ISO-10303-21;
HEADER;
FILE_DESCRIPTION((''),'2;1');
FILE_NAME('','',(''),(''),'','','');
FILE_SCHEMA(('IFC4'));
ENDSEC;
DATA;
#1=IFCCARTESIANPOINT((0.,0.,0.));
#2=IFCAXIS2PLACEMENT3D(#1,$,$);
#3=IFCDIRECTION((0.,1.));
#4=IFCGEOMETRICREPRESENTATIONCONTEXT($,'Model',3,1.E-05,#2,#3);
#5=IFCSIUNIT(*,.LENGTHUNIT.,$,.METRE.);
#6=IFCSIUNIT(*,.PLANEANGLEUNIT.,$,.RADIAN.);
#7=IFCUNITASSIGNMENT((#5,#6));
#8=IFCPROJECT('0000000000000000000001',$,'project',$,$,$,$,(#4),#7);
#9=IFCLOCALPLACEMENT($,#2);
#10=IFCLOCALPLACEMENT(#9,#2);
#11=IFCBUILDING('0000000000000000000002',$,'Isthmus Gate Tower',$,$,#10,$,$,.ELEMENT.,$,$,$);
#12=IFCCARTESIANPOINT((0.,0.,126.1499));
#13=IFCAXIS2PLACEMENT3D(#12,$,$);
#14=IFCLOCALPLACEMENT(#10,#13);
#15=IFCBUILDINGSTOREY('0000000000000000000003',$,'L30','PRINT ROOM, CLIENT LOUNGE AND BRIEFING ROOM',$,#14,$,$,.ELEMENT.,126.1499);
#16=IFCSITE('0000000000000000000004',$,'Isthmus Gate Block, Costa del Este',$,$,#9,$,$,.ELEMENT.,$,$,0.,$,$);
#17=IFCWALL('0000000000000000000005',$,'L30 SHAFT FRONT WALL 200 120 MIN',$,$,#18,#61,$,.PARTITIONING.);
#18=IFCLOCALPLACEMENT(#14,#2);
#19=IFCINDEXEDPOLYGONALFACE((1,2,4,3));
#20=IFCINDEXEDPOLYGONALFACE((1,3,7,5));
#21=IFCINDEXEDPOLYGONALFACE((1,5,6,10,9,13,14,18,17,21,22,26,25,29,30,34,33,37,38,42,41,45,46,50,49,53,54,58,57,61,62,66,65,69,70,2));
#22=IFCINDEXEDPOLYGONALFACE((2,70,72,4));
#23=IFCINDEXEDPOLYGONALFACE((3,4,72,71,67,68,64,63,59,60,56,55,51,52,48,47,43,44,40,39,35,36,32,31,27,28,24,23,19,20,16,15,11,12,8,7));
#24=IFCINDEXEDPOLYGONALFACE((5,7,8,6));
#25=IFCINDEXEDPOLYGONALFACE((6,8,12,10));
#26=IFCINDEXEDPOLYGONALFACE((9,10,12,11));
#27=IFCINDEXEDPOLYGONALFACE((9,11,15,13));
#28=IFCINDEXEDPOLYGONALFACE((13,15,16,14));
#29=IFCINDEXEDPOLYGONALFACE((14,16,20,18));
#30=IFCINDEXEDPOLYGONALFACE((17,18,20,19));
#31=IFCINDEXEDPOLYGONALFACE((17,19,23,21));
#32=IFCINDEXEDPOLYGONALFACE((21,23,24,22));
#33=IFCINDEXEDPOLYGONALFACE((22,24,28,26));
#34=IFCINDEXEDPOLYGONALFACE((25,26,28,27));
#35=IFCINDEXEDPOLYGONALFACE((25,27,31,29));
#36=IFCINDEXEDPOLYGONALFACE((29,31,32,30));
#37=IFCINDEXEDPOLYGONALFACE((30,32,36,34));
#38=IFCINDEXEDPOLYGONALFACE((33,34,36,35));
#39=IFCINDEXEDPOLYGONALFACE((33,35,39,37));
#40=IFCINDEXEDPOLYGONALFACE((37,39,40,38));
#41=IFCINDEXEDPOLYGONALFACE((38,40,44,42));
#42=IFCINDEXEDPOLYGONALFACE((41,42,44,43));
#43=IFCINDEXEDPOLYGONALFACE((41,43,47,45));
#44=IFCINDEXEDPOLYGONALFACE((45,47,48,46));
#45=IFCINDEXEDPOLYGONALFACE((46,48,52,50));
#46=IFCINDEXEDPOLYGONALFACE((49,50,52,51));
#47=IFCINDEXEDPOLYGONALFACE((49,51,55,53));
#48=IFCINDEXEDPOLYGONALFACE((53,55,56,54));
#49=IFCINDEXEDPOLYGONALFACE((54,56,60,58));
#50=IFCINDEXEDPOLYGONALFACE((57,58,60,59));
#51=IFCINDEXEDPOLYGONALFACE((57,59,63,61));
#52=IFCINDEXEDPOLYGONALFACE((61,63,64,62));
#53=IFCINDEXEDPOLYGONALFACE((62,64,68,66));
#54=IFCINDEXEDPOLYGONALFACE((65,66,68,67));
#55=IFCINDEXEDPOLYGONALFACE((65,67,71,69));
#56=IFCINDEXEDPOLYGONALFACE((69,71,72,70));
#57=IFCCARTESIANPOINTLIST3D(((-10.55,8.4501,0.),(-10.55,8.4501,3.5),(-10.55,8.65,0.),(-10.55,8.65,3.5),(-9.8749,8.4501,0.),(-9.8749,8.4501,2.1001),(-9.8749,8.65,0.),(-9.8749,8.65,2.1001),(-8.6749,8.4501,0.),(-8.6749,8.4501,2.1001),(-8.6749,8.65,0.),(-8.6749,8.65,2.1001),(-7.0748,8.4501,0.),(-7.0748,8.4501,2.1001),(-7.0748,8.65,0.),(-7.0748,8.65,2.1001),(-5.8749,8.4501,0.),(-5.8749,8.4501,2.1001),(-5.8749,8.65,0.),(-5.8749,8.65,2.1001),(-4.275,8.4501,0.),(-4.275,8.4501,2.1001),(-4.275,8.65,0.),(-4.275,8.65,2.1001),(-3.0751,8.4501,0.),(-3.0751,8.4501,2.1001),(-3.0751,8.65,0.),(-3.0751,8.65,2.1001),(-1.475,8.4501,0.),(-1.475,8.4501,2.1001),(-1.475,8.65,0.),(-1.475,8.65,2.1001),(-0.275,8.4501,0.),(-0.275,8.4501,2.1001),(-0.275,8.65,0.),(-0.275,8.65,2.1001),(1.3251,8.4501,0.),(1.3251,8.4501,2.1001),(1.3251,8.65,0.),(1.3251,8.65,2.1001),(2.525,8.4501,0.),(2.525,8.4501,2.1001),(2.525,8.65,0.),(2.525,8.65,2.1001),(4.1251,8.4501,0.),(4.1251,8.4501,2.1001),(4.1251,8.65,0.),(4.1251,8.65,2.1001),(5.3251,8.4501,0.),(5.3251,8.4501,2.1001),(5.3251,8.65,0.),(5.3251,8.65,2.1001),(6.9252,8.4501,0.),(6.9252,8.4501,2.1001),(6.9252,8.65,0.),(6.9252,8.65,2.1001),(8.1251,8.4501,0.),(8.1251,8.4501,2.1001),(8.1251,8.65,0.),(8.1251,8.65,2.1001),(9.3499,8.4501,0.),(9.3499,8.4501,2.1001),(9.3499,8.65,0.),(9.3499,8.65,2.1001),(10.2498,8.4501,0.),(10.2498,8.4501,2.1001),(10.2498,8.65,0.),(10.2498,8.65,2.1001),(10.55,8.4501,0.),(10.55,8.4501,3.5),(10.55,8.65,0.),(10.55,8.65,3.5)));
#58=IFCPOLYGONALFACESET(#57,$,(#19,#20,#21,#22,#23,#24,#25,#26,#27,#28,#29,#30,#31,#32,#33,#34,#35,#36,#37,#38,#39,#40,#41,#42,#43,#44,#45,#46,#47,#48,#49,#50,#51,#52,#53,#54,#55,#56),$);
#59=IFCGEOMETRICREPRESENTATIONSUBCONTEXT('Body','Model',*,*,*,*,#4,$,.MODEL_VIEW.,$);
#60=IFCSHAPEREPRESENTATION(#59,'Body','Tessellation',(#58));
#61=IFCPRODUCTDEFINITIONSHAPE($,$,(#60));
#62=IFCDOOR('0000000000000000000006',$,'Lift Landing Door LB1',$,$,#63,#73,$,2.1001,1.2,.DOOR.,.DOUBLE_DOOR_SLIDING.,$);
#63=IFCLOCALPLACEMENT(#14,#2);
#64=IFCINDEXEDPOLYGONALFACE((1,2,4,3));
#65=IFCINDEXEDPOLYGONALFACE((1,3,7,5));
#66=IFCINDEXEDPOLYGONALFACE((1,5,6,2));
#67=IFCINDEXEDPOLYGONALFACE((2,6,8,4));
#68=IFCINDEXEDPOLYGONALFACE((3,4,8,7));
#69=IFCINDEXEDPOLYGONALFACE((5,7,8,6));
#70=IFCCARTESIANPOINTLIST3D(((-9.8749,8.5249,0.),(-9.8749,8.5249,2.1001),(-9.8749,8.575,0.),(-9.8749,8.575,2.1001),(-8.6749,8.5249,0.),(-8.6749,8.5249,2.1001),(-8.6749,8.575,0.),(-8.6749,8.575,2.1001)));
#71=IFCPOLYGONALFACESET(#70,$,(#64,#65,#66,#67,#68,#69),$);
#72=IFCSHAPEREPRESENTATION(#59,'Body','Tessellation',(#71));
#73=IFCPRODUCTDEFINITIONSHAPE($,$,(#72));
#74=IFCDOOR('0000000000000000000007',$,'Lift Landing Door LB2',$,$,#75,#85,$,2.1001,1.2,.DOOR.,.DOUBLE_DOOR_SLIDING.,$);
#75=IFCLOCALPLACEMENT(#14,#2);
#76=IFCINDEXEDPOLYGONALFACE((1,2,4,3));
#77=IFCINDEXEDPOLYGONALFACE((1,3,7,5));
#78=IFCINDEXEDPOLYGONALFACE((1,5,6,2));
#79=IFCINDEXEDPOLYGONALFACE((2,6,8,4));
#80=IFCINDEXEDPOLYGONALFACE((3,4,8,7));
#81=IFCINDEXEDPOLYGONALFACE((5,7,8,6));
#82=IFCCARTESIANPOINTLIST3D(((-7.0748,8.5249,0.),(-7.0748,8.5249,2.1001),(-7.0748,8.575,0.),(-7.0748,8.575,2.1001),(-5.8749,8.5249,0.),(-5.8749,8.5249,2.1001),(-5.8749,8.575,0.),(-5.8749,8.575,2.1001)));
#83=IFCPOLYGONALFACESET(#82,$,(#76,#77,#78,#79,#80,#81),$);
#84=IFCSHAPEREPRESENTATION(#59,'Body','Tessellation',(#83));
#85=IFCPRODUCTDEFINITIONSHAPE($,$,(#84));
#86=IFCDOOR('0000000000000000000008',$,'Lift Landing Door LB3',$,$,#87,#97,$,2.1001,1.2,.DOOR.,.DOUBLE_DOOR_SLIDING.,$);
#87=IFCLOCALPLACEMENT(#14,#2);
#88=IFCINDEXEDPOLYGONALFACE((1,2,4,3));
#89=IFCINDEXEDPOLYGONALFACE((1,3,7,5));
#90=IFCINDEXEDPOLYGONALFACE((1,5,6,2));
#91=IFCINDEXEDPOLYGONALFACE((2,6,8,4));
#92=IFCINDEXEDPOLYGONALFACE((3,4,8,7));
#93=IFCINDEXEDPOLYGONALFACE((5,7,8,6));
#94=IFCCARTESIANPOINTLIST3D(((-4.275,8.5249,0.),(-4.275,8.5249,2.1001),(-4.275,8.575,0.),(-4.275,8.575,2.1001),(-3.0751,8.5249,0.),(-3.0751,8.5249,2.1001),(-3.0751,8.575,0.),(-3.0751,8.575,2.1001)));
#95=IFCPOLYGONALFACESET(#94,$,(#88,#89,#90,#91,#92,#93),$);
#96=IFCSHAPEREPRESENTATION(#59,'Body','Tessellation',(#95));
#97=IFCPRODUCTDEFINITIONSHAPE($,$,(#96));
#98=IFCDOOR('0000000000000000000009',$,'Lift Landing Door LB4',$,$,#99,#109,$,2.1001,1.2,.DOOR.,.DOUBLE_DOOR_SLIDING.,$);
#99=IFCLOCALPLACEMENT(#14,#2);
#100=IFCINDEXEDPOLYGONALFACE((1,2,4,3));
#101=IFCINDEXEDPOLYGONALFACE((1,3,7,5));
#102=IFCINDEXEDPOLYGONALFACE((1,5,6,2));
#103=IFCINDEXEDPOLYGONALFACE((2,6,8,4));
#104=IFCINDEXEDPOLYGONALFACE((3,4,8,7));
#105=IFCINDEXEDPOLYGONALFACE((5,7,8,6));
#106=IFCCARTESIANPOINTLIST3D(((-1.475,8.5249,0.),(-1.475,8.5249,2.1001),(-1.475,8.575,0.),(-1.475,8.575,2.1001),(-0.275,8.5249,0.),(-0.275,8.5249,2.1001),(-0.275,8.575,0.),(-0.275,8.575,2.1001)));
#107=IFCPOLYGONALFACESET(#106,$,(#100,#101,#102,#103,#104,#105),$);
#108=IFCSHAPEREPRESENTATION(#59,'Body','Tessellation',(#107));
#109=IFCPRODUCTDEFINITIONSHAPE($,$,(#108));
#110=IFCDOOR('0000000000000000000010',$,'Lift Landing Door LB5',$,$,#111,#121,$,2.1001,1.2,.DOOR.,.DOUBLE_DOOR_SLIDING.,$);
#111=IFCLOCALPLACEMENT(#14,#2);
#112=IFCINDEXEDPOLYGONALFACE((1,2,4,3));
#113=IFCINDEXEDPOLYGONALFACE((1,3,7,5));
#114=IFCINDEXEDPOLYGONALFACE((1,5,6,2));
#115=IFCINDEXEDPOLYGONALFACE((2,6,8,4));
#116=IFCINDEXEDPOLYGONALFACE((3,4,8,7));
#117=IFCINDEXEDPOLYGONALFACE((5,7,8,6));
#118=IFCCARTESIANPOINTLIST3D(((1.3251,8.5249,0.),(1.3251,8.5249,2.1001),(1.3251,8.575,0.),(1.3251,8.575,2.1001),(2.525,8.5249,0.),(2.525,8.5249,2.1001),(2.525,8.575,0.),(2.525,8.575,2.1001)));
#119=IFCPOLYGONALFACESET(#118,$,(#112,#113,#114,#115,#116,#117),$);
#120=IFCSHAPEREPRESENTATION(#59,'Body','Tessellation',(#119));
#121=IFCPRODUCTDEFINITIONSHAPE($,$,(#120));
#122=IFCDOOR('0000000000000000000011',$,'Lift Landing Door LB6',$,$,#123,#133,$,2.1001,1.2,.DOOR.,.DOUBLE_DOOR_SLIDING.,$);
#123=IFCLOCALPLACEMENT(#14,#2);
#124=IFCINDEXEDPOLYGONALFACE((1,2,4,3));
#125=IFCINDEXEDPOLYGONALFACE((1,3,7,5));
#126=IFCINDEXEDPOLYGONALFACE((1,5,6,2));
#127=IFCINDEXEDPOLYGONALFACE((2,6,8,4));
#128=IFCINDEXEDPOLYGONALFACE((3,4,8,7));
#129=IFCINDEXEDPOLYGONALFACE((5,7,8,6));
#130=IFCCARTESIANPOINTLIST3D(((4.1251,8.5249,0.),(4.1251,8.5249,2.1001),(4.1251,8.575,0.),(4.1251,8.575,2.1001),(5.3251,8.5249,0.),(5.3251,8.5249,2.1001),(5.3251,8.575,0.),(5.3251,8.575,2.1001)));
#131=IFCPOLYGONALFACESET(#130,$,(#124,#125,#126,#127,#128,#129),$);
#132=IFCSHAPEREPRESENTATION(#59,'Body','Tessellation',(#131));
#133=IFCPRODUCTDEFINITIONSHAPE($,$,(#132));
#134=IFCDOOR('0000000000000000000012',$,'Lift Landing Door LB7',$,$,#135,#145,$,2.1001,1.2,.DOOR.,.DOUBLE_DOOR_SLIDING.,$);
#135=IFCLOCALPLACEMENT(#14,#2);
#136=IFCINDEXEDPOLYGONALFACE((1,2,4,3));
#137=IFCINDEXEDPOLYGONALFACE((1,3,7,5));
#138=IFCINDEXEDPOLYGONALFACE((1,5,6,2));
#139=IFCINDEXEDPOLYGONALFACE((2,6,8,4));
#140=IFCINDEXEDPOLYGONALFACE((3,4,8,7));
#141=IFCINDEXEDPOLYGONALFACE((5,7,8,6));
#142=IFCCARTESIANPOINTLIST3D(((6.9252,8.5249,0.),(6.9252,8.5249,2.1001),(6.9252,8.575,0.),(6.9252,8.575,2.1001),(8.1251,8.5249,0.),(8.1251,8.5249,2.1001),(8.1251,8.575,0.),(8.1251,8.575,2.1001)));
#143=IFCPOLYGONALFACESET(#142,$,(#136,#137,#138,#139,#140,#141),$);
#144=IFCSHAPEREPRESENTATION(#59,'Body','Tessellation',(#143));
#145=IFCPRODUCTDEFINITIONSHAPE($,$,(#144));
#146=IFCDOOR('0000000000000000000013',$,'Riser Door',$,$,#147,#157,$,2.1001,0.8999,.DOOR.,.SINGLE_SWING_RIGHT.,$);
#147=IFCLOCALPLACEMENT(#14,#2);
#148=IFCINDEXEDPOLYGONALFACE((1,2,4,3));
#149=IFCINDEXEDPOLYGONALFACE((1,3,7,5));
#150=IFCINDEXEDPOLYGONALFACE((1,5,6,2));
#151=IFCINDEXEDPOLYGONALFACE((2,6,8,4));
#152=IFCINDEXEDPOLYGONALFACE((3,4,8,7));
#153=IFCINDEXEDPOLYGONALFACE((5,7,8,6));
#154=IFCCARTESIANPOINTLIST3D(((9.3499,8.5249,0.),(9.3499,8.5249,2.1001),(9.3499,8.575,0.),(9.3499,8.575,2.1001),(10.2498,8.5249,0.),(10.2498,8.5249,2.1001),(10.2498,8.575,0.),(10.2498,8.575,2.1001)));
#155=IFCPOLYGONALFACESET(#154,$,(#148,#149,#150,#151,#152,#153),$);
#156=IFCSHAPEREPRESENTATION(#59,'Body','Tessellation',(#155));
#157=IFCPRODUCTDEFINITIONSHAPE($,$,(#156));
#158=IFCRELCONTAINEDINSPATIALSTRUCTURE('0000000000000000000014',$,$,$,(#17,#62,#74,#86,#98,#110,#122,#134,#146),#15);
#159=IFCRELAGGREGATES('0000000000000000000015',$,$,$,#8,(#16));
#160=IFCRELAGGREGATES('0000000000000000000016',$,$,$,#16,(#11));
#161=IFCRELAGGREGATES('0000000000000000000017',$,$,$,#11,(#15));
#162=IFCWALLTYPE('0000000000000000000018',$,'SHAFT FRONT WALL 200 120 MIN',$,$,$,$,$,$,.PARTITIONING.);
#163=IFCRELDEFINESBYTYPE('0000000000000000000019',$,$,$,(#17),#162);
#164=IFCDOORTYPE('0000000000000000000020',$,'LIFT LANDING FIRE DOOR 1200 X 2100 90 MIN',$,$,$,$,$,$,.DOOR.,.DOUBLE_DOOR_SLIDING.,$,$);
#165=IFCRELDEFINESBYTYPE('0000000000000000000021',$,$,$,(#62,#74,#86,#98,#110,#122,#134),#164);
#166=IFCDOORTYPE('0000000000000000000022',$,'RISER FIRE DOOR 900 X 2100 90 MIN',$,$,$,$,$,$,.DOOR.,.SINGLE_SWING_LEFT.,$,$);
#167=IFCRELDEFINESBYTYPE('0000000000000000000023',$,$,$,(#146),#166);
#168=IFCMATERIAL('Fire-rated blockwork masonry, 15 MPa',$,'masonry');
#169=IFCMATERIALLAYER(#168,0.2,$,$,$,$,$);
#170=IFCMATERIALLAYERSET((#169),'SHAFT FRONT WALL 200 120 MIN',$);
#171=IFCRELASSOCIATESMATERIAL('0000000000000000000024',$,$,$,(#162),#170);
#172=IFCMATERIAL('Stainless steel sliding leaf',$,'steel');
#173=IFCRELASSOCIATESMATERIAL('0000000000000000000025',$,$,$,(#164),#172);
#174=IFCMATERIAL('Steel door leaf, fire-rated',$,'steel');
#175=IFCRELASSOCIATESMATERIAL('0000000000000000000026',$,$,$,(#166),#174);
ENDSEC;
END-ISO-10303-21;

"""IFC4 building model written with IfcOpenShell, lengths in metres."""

from ifc_helpers import new_model, si_unit, direction, frame, frame_2d, origin, place, context, subcontext, project, spatial, rectangle, extrude, material, layer, layer_set, type_object, element, fill, save


model = new_model("IFC4")

# Units and contexts
model_context = context("Model", 3, precision=1e-05, world=origin(), true_north=direction((0.0, 1.0)))
body_context = subcontext(model_context, "Body", "Model", "MODEL_VIEW")
ifc_project = project(units=[si_unit("LENGTHUNIT", "METRE"), si_unit("PLANEANGLEUNIT", "RADIAN")], contexts=[model_context])

# Site, building, storey
site_placement = place(None, origin())
site = spatial("IfcSite", under=ifc_project, at=site_placement, Name="Isthmus Gate Block, Costa del Este", CompositionType="ELEMENT", RefElevation=0.0)
building_placement = place(site_placement, origin())
building = spatial("IfcBuilding", under=site, at=building_placement, Name="Isthmus Gate Tower", CompositionType="ELEMENT")
storey_placement = place(building_placement, frame((0.0, 0.0, 126.1499)))
storey = spatial("IfcBuildingStorey", under=building, at=storey_placement, Name="L30", Description="PRINT ROOM, CLIENT LOUNGE AND BRIEFING ROOM", CompositionType="ELEMENT", Elevation=126.1499)

# Wall, openings, doors
ifc_material_1 = material(Name="Fire-rated blockwork masonry, 15 MPa", Category="masonry")
ifc_layer_1 = layer(ifc_material_1, 0.2)
ifc_layer_set_1 = layer_set([ifc_layer_1], Name="SHAFT FRONT WALL 200 120 MIN")
wall_type_1 = type_object("IfcWallType", Name="SHAFT FRONT WALL 200 120 MIN", PredefinedType="PARTITIONING", material=ifc_layer_set_1)
wall_1_placement = place(storey_placement, frame((-10.55, 8.55, 0.0), z_axis=(0.0, 0.0, 1.0), x_axis=(1.0, 0.0, 0.0)))
wall_1 = element("IfcWall", 1, at=wall_1_placement, inside=storey, type_object=wall_type_1, Name="L30 SHAFT FRONT WALL 200 120 MIN", PredefinedType="PARTITIONING", context=body_context, shape_type="SweptSolid", body=[
    extrude(rectangle(XDim=21.1001, YDim=0.2, at=frame_2d((10.55, 0.0))), origin(), (0.0, 0.0, 1.0), 3.5),
])
opening_1_placement = place(wall_1_placement, frame((0.675, 0.0, 0.0)))
opening_1 = element("IfcOpeningElement", 2, at=opening_1_placement, cuts=wall_1, PredefinedType="OPENING", context=body_context, shape_type="SweptSolid", body=[
    extrude(rectangle(XDim=1.2, YDim=2.1001, at=frame_2d((0.6001, 1.05))), frame((0.0, 0.1099, 0.0), z_axis=(0.0, -1.0, 0.0), x_axis=(1.0, 0.0, 0.0)), (0.0, 0.0, 1.0), 0.22),
])
opening_2_placement = place(wall_1_placement, frame((3.4751, 0.0, 0.0)))
opening_2 = element("IfcOpeningElement", 3, at=opening_2_placement, cuts=wall_1, PredefinedType="OPENING", context=body_context, shape_type="SweptSolid", body=[
    extrude(rectangle(XDim=1.2, YDim=2.1001, at=frame_2d((0.6001, 1.05))), frame((0.0, 0.1099, 0.0), z_axis=(0.0, -1.0, 0.0), x_axis=(1.0, 0.0, 0.0)), (0.0, 0.0, 1.0), 0.22),
])
opening_3_placement = place(wall_1_placement, frame((6.2749, 0.0, 0.0)))
opening_3 = element("IfcOpeningElement", 4, at=opening_3_placement, cuts=wall_1, PredefinedType="OPENING", context=body_context, shape_type="SweptSolid", body=[
    extrude(rectangle(XDim=1.2, YDim=2.1001, at=frame_2d((0.6001, 1.05))), frame((0.0, 0.1099, 0.0), z_axis=(0.0, -1.0, 0.0), x_axis=(1.0, 0.0, 0.0)), (0.0, 0.0, 1.0), 0.22),
])
opening_4_placement = place(wall_1_placement, frame((9.075, 0.0, 0.0)))
opening_4 = element("IfcOpeningElement", 5, at=opening_4_placement, cuts=wall_1, PredefinedType="OPENING", context=body_context, shape_type="SweptSolid", body=[
    extrude(rectangle(XDim=1.2, YDim=2.1001, at=frame_2d((0.6001, 1.05))), frame((0.0, 0.1099, 0.0), z_axis=(0.0, -1.0, 0.0), x_axis=(1.0, 0.0, 0.0)), (0.0, 0.0, 1.0), 0.22),
])
opening_5_placement = place(wall_1_placement, frame((11.875, 0.0, 0.0)))
opening_5 = element("IfcOpeningElement", 6, at=opening_5_placement, cuts=wall_1, PredefinedType="OPENING", context=body_context, shape_type="SweptSolid", body=[
    extrude(rectangle(XDim=1.2, YDim=2.1001, at=frame_2d((0.6001, 1.05))), frame((0.0, 0.1099, 0.0), z_axis=(0.0, -1.0, 0.0), x_axis=(1.0, 0.0, 0.0)), (0.0, 0.0, 1.0), 0.22),
])
opening_6_placement = place(wall_1_placement, frame((14.675, 0.0, 0.0)))
opening_6 = element("IfcOpeningElement", 7, at=opening_6_placement, cuts=wall_1, PredefinedType="OPENING", context=body_context, shape_type="SweptSolid", body=[
    extrude(rectangle(XDim=1.2, YDim=2.1001, at=frame_2d((0.6001, 1.05))), frame((0.0, 0.1099, 0.0), z_axis=(0.0, -1.0, 0.0), x_axis=(1.0, 0.0, 0.0)), (0.0, 0.0, 1.0), 0.22),
])
opening_7_placement = place(wall_1_placement, frame((17.4751, 0.0, 0.0)))
opening_7 = element("IfcOpeningElement", 8, at=opening_7_placement, cuts=wall_1, PredefinedType="OPENING", context=body_context, shape_type="SweptSolid", body=[
    extrude(rectangle(XDim=1.2, YDim=2.1001, at=frame_2d((0.6001, 1.05))), frame((0.0, 0.1099, 0.0), z_axis=(0.0, -1.0, 0.0), x_axis=(1.0, 0.0, 0.0)), (0.0, 0.0, 1.0), 0.22),
])
opening_8_placement = place(wall_1_placement, frame((19.8999, 0.0, 0.0)))
opening_8 = element("IfcOpeningElement", 9, at=opening_8_placement, cuts=wall_1, PredefinedType="OPENING", context=body_context, shape_type="SweptSolid", body=[
    extrude(rectangle(XDim=0.8999, YDim=2.1001, at=frame_2d((0.45, 1.05))), frame((0.0, 0.1099, 0.0), z_axis=(0.0, -1.0, 0.0), x_axis=(1.0, 0.0, 0.0)), (0.0, 0.0, 1.0), 0.22),
])
ifc_material_2 = material(Name="Stainless steel sliding leaf", Category="steel")
door_type_1 = type_object("IfcDoorType", Name="LIFT LANDING FIRE DOOR 1200 X 2100 90 MIN", OperationType="DOUBLE_DOOR_SLIDING", PredefinedType="DOOR", material=ifc_material_2)
door_1_placement = place(opening_1_placement, origin())
door_1 = element("IfcDoor", 10, at=door_1_placement, inside=storey, type_object=door_type_1, Name="Lift Landing Door LB1", OperationType="DOUBLE_DOOR_SLIDING", OverallHeight=2.1001, OverallWidth=1.2, PredefinedType="DOOR", context=body_context, shape_type="SweptSolid", body=[
    extrude(rectangle(XDim=1.2, YDim=2.1001, at=frame_2d((0.6001, 1.05))), frame((0.0, 0.0249, 0.0), z_axis=(0.0, -1.0, 0.0), x_axis=(1.0, 0.0, 0.0)), (0.0, 0.0, 1.0), 0.05),
])
fill(opening_1, door_1)
door_2_placement = place(opening_2_placement, origin())
door_2 = element("IfcDoor", 11, at=door_2_placement, inside=storey, type_object=door_type_1, Name="Lift Landing Door LB2", OperationType="DOUBLE_DOOR_SLIDING", OverallHeight=2.1001, OverallWidth=1.2, PredefinedType="DOOR", context=body_context, shape_type="SweptSolid", body=[
    extrude(rectangle(XDim=1.2, YDim=2.1001, at=frame_2d((0.6001, 1.05))), frame((0.0, 0.0249, 0.0), z_axis=(0.0, -1.0, 0.0), x_axis=(1.0, 0.0, 0.0)), (0.0, 0.0, 1.0), 0.05),
])
fill(opening_2, door_2)
door_3_placement = place(opening_3_placement, origin())
door_3 = element("IfcDoor", 12, at=door_3_placement, inside=storey, type_object=door_type_1, Name="Lift Landing Door LB3", OperationType="DOUBLE_DOOR_SLIDING", OverallHeight=2.1001, OverallWidth=1.2, PredefinedType="DOOR", context=body_context, shape_type="SweptSolid", body=[
    extrude(rectangle(XDim=1.2, YDim=2.1001, at=frame_2d((0.6001, 1.05))), frame((0.0, 0.0249, 0.0), z_axis=(0.0, -1.0, 0.0), x_axis=(1.0, 0.0, 0.0)), (0.0, 0.0, 1.0), 0.05),
])
fill(opening_3, door_3)
door_4_placement = place(opening_4_placement, origin())
door_4 = element("IfcDoor", 13, at=door_4_placement, inside=storey, type_object=door_type_1, Name="Lift Landing Door LB4", OperationType="DOUBLE_DOOR_SLIDING", OverallHeight=2.1001, OverallWidth=1.2, PredefinedType="DOOR", context=body_context, shape_type="SweptSolid", body=[
    extrude(rectangle(XDim=1.2, YDim=2.1001, at=frame_2d((0.6001, 1.05))), frame((0.0, 0.0249, 0.0), z_axis=(0.0, -1.0, 0.0), x_axis=(1.0, 0.0, 0.0)), (0.0, 0.0, 1.0), 0.05),
])
fill(opening_4, door_4)
door_5_placement = place(opening_5_placement, origin())
door_5 = element("IfcDoor", 14, at=door_5_placement, inside=storey, type_object=door_type_1, Name="Lift Landing Door LB5", OperationType="DOUBLE_DOOR_SLIDING", OverallHeight=2.1001, OverallWidth=1.2, PredefinedType="DOOR", context=body_context, shape_type="SweptSolid", body=[
    extrude(rectangle(XDim=1.2, YDim=2.1001, at=frame_2d((0.6001, 1.05))), frame((0.0, 0.0249, 0.0), z_axis=(0.0, -1.0, 0.0), x_axis=(1.0, 0.0, 0.0)), (0.0, 0.0, 1.0), 0.05),
])
fill(opening_5, door_5)
door_6_placement = place(opening_6_placement, origin())
door_6 = element("IfcDoor", 15, at=door_6_placement, inside=storey, type_object=door_type_1, Name="Lift Landing Door LB6", OperationType="DOUBLE_DOOR_SLIDING", OverallHeight=2.1001, OverallWidth=1.2, PredefinedType="DOOR", context=body_context, shape_type="SweptSolid", body=[
    extrude(rectangle(XDim=1.2, YDim=2.1001, at=frame_2d((0.6001, 1.05))), frame((0.0, 0.0249, 0.0), z_axis=(0.0, -1.0, 0.0), x_axis=(1.0, 0.0, 0.0)), (0.0, 0.0, 1.0), 0.05),
])
fill(opening_6, door_6)
door_7_placement = place(opening_7_placement, origin())
door_7 = element("IfcDoor", 16, at=door_7_placement, inside=storey, type_object=door_type_1, Name="Lift Landing Door LB7", OperationType="DOUBLE_DOOR_SLIDING", OverallHeight=2.1001, OverallWidth=1.2, PredefinedType="DOOR", context=body_context, shape_type="SweptSolid", body=[
    extrude(rectangle(XDim=1.2, YDim=2.1001, at=frame_2d((0.6001, 1.05))), frame((0.0, 0.0249, 0.0), z_axis=(0.0, -1.0, 0.0), x_axis=(1.0, 0.0, 0.0)), (0.0, 0.0, 1.0), 0.05),
])
fill(opening_7, door_7)
ifc_material_3 = material(Name="Steel door leaf, fire-rated", Category="steel")
door_type_2 = type_object("IfcDoorType", Name="RISER FIRE DOOR 900 X 2100 90 MIN", OperationType="SINGLE_SWING_LEFT", PredefinedType="DOOR", material=ifc_material_3)
door_8_placement = place(opening_8_placement, origin())
door_8 = element("IfcDoor", 17, at=door_8_placement, inside=storey, type_object=door_type_2, Name="Riser Door", OperationType="SINGLE_SWING_RIGHT", OverallHeight=2.1001, OverallWidth=0.8999, PredefinedType="DOOR", context=body_context, shape_type="SweptSolid", body=[
    extrude(rectangle(XDim=0.8999, YDim=2.1001, at=frame_2d((0.45, 1.05))), frame((0.0, 0.0249, 0.0), z_axis=(0.0, -1.0, 0.0), x_axis=(1.0, 0.0, 0.0)), (0.0, 0.0, 1.0), 0.05),
])
fill(opening_8, door_8)

save(model, "model.ifc")
